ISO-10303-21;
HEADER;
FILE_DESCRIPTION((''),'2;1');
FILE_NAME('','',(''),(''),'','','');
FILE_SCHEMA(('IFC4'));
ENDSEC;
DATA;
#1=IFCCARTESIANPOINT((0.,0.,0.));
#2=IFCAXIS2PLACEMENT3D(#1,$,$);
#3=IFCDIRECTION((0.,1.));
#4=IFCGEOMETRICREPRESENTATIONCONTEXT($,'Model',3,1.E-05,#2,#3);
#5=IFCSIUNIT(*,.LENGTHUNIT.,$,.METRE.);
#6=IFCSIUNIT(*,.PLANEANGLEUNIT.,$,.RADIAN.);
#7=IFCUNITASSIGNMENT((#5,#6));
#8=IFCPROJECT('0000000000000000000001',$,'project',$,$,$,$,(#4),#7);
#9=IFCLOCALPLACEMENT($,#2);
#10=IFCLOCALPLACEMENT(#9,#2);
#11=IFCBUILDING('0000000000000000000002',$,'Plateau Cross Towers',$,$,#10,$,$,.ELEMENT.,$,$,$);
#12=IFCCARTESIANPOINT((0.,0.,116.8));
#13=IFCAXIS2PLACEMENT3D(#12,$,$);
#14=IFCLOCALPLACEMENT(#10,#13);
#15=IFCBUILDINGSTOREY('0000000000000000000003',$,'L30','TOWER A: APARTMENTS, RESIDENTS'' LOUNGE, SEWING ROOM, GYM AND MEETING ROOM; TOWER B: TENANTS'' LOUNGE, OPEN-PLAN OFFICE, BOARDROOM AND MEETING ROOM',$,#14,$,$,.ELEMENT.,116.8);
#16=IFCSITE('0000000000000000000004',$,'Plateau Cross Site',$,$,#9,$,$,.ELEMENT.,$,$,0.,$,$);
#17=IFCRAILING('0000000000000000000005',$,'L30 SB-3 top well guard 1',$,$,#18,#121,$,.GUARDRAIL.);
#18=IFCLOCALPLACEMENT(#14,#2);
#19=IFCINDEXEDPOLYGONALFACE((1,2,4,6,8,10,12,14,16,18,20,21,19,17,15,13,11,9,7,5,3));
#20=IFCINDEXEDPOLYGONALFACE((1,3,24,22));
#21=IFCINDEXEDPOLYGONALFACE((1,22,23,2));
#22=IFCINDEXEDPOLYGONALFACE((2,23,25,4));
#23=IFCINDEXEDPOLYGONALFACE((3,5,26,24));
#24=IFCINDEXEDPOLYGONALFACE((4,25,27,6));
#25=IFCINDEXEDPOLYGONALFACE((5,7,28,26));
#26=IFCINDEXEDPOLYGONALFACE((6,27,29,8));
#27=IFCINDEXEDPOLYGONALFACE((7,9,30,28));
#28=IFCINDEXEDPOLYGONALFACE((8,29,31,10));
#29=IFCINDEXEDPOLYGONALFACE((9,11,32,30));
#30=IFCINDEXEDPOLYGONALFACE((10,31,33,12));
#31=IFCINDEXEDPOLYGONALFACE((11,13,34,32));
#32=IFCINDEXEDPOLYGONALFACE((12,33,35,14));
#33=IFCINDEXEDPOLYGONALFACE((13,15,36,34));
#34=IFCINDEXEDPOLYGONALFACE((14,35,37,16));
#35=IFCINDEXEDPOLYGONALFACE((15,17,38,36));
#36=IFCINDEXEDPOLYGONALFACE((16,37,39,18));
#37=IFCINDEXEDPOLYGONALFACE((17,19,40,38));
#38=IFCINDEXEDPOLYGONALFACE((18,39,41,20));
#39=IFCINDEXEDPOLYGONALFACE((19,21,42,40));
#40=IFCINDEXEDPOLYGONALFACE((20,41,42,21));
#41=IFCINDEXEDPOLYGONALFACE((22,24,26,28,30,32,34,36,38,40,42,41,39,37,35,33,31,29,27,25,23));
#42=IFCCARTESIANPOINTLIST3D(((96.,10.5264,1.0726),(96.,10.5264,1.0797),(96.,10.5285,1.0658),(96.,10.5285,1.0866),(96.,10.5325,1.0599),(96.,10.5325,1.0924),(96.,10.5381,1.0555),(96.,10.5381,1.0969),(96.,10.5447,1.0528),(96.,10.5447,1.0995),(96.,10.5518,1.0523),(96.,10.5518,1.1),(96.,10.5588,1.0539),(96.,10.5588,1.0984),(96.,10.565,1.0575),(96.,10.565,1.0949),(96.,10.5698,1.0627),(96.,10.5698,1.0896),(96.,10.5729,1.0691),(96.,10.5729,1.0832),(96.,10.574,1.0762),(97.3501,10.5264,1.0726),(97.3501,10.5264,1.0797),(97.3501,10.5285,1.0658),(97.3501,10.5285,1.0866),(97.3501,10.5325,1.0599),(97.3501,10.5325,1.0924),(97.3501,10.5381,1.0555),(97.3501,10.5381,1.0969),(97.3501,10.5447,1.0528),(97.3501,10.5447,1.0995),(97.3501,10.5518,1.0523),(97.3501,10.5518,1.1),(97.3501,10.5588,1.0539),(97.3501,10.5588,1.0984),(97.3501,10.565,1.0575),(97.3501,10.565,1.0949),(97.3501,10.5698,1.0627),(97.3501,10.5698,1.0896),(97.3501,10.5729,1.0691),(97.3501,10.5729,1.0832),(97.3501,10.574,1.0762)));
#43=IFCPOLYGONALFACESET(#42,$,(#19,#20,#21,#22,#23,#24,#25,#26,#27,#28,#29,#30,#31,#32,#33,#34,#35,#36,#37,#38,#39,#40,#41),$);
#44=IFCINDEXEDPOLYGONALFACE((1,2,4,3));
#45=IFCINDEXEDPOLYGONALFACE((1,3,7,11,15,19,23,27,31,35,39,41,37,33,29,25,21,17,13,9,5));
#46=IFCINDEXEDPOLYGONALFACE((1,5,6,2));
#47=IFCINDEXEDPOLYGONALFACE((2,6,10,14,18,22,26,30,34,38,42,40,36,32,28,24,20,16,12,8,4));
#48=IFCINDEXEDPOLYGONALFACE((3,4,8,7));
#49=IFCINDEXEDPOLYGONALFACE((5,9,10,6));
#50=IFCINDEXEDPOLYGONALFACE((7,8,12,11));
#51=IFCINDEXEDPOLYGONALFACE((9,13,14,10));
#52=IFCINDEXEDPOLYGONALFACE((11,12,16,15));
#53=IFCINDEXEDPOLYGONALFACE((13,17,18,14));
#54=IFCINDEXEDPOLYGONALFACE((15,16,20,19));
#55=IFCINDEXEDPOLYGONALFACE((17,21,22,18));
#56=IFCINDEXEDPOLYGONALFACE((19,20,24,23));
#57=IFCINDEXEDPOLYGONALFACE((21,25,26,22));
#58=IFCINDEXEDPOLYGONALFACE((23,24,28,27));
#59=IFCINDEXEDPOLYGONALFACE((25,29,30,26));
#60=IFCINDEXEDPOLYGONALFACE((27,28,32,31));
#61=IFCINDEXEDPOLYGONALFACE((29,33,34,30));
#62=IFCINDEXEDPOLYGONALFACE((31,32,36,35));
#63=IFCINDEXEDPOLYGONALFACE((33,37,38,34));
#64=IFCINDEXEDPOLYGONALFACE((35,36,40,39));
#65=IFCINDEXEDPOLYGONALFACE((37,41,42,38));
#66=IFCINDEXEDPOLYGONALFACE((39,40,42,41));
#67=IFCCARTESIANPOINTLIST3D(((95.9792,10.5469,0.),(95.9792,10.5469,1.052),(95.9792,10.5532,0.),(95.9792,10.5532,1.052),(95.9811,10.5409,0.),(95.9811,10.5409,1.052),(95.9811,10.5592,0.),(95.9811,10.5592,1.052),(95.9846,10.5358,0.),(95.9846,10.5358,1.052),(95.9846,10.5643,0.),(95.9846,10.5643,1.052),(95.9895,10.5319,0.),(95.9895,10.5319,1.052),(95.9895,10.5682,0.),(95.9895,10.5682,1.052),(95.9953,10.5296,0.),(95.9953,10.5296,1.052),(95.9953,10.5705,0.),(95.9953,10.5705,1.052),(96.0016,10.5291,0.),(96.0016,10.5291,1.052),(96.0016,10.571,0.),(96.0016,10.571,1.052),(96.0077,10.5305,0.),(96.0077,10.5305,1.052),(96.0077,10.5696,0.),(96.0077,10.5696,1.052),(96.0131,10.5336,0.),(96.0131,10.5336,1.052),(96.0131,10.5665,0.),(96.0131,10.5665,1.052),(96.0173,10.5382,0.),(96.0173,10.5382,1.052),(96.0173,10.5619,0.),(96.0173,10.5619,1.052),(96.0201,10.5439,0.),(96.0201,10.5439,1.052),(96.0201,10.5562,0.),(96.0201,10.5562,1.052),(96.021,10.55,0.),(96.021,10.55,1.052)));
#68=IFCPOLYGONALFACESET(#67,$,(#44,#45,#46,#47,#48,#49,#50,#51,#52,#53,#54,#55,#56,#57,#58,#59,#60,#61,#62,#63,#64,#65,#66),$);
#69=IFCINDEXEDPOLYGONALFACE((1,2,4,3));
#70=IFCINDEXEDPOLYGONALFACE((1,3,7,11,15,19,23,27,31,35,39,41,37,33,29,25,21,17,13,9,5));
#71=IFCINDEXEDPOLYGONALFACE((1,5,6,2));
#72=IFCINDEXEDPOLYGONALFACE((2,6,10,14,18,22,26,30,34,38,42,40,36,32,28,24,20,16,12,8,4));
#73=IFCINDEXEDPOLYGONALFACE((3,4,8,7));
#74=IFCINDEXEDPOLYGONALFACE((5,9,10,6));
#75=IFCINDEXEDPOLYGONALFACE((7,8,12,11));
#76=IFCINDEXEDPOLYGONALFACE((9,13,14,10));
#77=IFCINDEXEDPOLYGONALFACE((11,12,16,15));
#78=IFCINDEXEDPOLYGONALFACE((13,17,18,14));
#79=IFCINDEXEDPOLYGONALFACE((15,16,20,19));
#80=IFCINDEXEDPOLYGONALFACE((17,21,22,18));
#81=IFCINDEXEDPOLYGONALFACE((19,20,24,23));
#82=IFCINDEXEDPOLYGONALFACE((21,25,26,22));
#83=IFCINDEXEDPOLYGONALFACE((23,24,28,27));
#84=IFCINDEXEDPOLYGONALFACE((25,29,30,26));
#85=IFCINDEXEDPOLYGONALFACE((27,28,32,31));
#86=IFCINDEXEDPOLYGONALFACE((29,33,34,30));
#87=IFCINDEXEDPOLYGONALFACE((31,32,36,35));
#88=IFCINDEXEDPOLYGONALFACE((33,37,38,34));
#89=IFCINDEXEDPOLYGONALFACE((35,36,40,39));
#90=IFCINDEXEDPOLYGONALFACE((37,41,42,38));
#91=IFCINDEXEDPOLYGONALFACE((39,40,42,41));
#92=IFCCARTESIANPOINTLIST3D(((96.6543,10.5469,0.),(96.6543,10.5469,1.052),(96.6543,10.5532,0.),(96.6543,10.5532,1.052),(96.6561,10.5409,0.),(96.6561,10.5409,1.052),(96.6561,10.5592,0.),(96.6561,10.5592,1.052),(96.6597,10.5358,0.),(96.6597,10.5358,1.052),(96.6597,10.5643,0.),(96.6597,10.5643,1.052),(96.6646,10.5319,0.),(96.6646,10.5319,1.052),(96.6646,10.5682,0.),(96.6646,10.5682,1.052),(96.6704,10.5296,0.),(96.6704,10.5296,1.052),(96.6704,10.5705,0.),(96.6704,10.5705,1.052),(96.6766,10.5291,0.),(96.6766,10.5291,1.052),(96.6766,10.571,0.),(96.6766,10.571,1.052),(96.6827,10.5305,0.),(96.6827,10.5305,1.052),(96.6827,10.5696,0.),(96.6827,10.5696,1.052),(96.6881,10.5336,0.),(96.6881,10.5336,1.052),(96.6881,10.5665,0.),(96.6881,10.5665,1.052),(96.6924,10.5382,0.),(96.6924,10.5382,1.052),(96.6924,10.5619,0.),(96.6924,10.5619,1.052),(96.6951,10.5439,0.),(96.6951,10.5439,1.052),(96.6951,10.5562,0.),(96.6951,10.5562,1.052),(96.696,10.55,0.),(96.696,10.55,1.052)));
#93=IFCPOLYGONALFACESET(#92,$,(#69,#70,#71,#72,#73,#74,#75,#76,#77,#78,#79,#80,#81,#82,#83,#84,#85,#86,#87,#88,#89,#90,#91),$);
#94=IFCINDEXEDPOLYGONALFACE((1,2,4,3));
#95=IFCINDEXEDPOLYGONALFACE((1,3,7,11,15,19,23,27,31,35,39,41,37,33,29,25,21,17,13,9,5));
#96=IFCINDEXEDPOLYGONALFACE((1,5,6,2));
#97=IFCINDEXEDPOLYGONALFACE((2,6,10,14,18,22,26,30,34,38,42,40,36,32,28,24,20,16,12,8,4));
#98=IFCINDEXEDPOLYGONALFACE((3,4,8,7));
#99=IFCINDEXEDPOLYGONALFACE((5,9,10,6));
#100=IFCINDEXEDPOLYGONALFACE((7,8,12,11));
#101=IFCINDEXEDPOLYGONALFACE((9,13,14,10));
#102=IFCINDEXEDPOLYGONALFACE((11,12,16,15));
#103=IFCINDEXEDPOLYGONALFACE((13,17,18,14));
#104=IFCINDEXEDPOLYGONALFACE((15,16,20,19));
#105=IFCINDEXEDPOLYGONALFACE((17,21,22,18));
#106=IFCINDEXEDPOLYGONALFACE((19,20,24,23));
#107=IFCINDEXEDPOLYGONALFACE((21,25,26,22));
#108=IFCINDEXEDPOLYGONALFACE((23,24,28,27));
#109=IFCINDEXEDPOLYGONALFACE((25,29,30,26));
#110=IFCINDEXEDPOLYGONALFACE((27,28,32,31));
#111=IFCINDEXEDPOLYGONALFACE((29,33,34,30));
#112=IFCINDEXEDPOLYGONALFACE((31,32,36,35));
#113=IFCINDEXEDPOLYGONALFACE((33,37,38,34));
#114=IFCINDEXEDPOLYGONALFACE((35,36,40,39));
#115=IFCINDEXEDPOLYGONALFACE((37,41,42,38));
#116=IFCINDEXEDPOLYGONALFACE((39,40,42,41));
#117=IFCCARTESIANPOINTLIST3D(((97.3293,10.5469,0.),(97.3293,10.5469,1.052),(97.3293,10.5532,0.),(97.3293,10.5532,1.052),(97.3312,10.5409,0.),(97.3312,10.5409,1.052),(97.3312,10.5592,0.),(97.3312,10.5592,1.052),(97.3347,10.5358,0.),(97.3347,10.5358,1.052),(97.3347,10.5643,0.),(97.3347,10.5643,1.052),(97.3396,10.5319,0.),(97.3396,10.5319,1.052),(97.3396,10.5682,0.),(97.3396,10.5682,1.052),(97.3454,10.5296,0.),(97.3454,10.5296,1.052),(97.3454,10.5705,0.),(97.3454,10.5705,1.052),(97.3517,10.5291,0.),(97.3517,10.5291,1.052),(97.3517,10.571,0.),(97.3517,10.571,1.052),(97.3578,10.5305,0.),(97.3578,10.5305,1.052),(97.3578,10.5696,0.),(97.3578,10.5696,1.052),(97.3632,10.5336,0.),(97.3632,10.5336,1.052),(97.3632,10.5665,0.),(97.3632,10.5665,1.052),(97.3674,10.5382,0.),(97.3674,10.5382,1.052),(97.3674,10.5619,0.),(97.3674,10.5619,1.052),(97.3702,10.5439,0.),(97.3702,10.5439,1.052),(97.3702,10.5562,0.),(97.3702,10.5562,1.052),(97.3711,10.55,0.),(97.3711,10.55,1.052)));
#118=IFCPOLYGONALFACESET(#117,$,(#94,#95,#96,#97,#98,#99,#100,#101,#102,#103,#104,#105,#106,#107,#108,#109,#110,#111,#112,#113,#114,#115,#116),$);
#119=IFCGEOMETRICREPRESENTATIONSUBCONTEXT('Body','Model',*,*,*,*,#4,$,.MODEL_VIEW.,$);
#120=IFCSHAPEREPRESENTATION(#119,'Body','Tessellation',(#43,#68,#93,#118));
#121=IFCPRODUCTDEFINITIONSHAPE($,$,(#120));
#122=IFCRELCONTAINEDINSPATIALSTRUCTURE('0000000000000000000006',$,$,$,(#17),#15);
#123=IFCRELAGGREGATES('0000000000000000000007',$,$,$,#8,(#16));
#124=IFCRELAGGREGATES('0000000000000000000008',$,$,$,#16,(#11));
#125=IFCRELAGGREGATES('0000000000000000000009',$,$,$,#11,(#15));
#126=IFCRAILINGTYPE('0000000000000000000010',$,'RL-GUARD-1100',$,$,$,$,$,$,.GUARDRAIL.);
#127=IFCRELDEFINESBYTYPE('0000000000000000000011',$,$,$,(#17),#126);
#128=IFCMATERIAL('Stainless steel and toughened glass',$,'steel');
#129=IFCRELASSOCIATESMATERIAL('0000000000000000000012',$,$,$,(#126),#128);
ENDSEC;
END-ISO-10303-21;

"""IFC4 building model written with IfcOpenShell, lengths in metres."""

from ifc_helpers import new_model, si_unit, direction, frame, origin, origin_2d, place, context, subcontext, project, spatial, circle, extrude, material, type_object, element, save


model = new_model("IFC4")

# Units and contexts
model_context = context("Model", 3, precision=1e-05, world=origin(), true_north=direction((0.0, 1.0)))
body_context = subcontext(model_context, "Body", "Model", "MODEL_VIEW")
ifc_project = project(units=[si_unit("LENGTHUNIT", "METRE"), si_unit("PLANEANGLEUNIT", "RADIAN")], contexts=[model_context])

# Site, building, storey
site_placement = place(None, origin())
site = spatial("IfcSite", under=ifc_project, at=site_placement, Name="Plateau Cross Site", CompositionType="ELEMENT", RefElevation=0.0)
building_placement = place(site_placement, origin())
building = spatial("IfcBuilding", under=site, at=building_placement, Name="Plateau Cross Towers", CompositionType="ELEMENT")
storey_placement = place(building_placement, frame((0.0, 0.0, 116.8)))
storey = spatial("IfcBuildingStorey", under=building, at=storey_placement, Name="L30", Description="TOWER A: APARTMENTS, RESIDENTS' LOUNGE, SEWING ROOM, GYM AND MEETING ROOM; TOWER B: TENANTS' LOUNGE, OPEN-PLAN OFFICE, BOARDROOM AND MEETING ROOM", CompositionType="ELEMENT", Elevation=116.8)

# Railing
ifc_material_1 = material(Name="Stainless steel and toughened glass", Category="steel")
railing_type_1 = type_object("IfcRailingType", Name="RL-GUARD-1100", PredefinedType="GUARDRAIL", material=ifc_material_1)
railing_1_placement = place(storey_placement, frame((96.0, 10.55, 0.0)))
element("IfcRailing", 1, at=railing_1_placement, inside=storey, type_object=railing_type_1, Name="L30 SB-3 top well guard 1", PredefinedType="GUARDRAIL", context=body_context, shape_type="SweptSolid", body=[
    extrude(circle(Radius=0.0239, at=origin_2d()), frame((0.0, 0.0, 1.0762), z_axis=(1.0, 0.0, 0.0), x_axis=(0.0, 1.0, 0.0)), (0.0, 0.0, 1.0), 1.3501),
    extrude(circle(Radius=0.021, at=origin_2d()), origin(), (0.0, 0.0, 1.0), 1.052),
    extrude(circle(Radius=0.021, at=origin_2d()), frame((0.675, 0.0, 0.0)), (0.0, 0.0, 1.0), 1.052),
    extrude(circle(Radius=0.021, at=origin_2d()), frame((1.3501, 0.0, 0.0)), (0.0, 0.0, 1.0), 1.052),
])

save(model, "model.ifc")
